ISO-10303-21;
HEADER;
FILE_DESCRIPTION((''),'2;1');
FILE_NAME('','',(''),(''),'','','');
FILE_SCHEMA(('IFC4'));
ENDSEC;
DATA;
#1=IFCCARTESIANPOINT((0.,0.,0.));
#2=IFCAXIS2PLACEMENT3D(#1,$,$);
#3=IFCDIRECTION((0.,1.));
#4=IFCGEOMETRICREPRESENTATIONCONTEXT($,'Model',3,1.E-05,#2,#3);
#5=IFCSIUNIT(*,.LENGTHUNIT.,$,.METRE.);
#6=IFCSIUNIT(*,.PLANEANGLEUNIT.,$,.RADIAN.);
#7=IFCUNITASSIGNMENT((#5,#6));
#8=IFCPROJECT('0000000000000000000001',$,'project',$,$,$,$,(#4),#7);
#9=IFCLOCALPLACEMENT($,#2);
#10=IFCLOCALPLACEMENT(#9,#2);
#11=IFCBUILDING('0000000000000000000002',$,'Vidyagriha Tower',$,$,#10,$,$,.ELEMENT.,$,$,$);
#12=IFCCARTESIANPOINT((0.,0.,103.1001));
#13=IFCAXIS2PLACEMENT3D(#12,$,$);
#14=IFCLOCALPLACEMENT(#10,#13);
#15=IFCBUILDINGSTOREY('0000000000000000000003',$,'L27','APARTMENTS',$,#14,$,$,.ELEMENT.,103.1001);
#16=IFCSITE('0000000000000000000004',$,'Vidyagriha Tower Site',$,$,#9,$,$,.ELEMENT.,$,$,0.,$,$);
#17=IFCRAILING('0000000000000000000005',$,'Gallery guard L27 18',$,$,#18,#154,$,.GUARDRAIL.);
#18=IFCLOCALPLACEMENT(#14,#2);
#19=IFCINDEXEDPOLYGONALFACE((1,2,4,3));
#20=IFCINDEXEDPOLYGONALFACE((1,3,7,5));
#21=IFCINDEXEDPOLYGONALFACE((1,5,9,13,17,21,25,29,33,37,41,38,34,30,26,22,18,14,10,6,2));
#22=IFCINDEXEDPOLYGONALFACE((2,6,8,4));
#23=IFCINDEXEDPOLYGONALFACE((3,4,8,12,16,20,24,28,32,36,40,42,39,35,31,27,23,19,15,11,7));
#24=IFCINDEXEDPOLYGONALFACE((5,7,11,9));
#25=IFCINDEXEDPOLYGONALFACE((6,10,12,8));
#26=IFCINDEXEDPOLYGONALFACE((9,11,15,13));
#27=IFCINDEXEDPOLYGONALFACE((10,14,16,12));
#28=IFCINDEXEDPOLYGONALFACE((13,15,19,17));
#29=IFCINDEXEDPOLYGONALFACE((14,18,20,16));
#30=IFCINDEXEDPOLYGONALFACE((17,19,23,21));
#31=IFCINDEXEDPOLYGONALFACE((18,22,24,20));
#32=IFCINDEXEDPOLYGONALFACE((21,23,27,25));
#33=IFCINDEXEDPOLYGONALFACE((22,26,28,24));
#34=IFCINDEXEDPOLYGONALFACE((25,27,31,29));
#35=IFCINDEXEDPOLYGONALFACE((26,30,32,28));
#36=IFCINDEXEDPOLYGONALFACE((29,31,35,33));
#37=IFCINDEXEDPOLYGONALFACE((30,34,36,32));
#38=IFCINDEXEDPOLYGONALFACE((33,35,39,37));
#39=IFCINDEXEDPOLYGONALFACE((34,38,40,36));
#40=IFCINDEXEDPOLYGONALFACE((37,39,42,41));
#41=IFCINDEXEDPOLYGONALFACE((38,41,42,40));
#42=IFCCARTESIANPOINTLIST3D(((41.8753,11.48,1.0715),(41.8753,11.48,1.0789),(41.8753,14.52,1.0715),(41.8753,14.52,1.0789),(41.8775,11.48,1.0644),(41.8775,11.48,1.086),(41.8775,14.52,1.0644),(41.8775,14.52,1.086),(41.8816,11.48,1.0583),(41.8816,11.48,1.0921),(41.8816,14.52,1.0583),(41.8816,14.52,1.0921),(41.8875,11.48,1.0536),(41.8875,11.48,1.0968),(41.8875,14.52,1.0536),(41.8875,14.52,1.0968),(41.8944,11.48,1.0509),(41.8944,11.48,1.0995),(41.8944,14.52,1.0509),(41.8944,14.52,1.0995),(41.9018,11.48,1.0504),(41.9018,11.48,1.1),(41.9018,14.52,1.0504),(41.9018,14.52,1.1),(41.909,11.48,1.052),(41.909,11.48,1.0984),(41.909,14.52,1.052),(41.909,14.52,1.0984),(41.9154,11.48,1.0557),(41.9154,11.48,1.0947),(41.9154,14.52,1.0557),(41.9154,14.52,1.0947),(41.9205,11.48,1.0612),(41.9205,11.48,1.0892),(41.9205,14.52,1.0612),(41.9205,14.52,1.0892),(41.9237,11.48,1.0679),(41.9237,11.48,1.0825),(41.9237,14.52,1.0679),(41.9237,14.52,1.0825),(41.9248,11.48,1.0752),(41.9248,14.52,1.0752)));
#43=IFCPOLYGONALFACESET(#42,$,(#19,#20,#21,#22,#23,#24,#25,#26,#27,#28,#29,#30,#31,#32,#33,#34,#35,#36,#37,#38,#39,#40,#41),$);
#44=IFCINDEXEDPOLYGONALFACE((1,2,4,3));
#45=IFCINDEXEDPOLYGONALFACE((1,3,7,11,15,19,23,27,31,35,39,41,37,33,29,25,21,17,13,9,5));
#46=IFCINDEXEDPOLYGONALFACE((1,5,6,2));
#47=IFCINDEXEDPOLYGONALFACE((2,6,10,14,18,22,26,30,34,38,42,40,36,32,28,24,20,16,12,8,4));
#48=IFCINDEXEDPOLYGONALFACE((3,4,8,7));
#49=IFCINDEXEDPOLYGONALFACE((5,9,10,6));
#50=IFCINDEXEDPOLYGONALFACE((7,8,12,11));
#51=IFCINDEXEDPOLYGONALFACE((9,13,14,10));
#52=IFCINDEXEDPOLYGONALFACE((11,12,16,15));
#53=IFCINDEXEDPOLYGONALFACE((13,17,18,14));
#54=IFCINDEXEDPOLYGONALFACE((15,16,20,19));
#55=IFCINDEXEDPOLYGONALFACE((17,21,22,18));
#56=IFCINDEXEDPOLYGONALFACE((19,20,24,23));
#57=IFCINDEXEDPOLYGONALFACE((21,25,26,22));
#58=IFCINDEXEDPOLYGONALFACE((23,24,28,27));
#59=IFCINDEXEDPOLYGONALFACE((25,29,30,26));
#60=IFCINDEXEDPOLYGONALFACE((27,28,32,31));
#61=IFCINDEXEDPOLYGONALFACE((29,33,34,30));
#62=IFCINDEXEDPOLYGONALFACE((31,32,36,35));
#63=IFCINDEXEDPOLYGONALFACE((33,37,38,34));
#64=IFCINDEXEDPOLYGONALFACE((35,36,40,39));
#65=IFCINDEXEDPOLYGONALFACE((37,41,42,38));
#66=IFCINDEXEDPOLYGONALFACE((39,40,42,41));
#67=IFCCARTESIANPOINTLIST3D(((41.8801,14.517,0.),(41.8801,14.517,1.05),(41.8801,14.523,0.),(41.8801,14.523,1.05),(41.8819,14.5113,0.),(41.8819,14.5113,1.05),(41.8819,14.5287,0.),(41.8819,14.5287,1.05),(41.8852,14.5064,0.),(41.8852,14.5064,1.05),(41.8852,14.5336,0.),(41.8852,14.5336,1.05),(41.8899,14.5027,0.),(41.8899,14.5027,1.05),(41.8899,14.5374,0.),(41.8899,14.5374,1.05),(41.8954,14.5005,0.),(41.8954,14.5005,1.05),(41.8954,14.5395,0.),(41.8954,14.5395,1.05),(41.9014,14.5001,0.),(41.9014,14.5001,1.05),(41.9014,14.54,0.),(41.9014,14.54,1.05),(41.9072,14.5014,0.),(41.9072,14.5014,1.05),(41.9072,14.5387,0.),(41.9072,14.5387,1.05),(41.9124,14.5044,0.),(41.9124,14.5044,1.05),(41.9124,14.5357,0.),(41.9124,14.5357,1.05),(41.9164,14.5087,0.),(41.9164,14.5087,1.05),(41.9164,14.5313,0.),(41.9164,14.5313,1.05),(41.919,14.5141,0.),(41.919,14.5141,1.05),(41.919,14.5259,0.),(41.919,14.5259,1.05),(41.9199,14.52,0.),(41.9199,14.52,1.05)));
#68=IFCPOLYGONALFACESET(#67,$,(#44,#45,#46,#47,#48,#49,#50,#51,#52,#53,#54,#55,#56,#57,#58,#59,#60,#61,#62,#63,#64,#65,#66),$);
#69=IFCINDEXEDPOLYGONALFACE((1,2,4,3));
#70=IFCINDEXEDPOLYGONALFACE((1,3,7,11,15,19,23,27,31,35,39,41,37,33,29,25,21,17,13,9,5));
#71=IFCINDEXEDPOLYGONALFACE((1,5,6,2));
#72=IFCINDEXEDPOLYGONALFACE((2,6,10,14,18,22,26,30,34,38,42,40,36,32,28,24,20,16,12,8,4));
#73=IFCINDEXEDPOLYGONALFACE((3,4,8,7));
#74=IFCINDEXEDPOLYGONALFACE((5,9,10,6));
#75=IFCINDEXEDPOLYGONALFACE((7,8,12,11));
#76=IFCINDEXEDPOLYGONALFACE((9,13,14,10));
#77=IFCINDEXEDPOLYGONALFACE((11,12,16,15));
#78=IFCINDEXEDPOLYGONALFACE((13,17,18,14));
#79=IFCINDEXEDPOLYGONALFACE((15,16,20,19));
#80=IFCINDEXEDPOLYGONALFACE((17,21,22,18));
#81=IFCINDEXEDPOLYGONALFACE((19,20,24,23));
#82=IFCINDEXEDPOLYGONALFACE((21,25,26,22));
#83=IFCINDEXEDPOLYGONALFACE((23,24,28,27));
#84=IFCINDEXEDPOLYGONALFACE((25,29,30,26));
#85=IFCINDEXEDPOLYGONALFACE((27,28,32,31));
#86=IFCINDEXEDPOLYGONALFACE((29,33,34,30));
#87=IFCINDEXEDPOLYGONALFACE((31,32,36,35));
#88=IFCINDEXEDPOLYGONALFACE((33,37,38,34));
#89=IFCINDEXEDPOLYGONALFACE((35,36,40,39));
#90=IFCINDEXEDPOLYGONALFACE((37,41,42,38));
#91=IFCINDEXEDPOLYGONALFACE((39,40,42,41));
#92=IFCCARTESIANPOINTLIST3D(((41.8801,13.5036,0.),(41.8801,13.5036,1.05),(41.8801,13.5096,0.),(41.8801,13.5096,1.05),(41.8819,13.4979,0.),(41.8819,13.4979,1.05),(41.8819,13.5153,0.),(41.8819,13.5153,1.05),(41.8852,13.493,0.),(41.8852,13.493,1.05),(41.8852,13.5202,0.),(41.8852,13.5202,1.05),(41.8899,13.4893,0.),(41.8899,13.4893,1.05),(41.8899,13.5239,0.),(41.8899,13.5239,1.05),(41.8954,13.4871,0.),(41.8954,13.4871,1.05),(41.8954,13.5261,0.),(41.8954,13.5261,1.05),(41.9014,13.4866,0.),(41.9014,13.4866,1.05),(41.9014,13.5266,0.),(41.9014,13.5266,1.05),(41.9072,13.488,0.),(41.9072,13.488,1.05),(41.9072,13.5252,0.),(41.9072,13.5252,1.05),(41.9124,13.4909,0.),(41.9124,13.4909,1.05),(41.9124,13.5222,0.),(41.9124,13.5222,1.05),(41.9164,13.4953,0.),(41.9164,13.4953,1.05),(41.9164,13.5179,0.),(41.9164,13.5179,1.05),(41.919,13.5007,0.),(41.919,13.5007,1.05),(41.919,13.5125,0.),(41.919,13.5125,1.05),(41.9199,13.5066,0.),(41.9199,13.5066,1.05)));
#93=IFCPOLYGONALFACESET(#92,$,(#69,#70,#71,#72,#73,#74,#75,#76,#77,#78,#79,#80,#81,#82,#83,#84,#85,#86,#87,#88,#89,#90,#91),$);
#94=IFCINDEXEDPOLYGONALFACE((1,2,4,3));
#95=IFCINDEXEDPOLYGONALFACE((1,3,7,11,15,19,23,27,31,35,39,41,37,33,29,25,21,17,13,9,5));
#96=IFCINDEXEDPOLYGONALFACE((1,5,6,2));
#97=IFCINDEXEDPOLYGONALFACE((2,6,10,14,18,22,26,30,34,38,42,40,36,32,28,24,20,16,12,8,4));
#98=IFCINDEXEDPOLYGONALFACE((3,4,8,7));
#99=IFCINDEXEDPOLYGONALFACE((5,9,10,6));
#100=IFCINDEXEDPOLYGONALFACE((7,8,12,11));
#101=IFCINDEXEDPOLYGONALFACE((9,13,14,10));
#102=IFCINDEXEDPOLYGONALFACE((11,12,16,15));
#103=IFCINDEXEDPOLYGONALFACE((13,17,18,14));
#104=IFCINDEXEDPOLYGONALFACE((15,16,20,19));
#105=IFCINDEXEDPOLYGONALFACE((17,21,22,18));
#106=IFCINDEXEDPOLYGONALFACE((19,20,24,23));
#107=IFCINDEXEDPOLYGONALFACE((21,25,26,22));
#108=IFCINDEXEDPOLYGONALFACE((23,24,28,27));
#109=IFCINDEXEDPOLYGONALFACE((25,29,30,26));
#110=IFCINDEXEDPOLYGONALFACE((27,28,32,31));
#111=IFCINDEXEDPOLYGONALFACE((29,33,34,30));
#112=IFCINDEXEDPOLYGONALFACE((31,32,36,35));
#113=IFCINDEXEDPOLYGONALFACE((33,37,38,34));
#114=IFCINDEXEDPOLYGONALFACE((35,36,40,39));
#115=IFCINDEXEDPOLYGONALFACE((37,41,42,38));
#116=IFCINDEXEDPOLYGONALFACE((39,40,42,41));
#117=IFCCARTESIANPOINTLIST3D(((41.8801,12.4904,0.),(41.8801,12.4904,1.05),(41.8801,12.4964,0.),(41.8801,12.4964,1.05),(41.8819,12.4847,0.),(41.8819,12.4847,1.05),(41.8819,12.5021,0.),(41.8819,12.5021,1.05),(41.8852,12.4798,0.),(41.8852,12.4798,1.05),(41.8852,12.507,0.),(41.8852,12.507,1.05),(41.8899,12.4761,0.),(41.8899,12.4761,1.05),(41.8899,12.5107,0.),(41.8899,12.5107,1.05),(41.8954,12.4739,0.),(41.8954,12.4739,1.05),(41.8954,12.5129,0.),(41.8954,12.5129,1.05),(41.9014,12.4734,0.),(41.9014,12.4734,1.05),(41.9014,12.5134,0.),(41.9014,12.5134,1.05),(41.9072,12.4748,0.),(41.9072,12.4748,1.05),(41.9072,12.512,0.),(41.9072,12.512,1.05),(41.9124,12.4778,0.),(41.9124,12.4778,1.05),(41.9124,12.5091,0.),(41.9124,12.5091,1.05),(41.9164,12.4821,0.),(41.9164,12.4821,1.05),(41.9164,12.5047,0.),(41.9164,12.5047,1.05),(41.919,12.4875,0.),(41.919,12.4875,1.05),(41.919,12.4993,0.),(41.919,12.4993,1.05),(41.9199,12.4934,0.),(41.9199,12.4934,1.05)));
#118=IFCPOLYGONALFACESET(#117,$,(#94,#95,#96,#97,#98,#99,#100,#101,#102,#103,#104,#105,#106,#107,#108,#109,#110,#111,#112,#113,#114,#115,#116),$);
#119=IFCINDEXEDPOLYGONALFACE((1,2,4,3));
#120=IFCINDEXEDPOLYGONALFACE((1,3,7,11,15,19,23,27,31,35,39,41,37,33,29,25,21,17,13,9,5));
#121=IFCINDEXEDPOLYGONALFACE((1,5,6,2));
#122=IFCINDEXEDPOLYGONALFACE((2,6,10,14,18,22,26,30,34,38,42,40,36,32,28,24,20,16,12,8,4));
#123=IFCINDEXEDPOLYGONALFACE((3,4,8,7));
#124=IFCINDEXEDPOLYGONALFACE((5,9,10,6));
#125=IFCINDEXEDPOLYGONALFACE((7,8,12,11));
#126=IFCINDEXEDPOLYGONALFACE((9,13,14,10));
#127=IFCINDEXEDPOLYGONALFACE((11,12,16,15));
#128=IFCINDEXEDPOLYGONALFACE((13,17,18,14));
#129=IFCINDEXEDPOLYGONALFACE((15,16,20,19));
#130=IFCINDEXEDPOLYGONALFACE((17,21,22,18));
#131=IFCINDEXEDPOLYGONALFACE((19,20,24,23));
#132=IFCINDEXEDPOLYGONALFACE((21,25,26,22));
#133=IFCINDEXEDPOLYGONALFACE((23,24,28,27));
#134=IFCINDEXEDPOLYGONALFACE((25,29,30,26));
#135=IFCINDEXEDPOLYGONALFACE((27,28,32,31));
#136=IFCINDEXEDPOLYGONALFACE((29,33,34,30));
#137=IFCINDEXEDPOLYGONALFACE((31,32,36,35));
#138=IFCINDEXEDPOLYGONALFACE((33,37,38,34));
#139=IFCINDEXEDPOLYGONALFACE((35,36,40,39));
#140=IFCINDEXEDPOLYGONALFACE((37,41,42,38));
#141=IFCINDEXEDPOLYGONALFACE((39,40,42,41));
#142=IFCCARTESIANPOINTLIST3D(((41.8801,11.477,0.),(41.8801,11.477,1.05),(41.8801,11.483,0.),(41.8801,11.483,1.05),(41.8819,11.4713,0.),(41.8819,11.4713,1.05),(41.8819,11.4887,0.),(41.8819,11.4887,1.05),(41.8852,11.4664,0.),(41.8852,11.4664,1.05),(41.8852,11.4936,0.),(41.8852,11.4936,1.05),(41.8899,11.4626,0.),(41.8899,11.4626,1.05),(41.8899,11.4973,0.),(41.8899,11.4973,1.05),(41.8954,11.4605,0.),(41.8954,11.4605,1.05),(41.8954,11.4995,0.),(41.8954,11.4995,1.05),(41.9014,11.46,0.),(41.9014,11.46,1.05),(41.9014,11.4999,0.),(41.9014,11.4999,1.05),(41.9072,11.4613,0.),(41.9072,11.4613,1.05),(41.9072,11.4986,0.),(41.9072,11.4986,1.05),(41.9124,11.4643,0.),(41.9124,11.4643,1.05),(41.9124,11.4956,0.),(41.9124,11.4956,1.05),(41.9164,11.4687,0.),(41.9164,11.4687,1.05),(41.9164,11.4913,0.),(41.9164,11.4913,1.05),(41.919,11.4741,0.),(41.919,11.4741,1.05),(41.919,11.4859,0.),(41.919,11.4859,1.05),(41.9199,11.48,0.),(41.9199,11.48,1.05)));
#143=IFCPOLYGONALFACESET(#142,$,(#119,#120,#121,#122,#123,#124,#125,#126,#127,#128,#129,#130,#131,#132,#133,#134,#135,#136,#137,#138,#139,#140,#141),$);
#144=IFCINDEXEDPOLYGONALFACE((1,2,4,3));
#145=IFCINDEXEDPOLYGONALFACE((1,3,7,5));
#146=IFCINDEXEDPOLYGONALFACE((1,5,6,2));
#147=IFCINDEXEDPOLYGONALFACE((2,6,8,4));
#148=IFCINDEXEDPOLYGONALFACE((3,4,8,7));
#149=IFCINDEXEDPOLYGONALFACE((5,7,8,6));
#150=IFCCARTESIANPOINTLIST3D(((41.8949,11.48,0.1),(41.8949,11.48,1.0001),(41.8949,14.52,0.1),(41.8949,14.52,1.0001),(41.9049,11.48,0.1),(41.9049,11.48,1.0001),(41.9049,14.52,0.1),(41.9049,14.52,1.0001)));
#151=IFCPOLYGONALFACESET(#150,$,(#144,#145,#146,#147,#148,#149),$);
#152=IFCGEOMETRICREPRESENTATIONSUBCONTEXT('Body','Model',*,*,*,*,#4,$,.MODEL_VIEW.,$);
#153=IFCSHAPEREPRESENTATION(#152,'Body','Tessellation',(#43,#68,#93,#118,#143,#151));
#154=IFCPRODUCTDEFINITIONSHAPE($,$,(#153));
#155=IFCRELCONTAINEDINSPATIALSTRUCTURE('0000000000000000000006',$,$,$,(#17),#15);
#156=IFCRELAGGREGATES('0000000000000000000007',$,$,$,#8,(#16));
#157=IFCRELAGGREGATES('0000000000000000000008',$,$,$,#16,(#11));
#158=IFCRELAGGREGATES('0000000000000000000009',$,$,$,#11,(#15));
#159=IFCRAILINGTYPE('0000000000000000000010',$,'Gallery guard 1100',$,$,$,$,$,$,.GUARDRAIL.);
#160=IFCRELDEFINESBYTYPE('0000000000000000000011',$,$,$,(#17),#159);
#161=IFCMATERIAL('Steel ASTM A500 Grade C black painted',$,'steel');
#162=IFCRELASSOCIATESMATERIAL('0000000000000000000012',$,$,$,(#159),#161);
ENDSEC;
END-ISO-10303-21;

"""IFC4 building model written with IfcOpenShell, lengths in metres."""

from ifc_helpers import new_model, si_unit, direction, frame, origin, origin_2d, place, context, subcontext, project, spatial, rectangle, circle, extrude, material, type_object, element, save


model = new_model("IFC4")

# Units and contexts
model_context = context("Model", 3, precision=1e-05, world=origin(), true_north=direction((0.0, 1.0)))
body_context = subcontext(model_context, "Body", "Model", "MODEL_VIEW")
ifc_project = project(units=[si_unit("LENGTHUNIT", "METRE"), si_unit("PLANEANGLEUNIT", "RADIAN")], contexts=[model_context])

# Site, building, storey
site_placement = place(None, origin())
site = spatial("IfcSite", under=ifc_project, at=site_placement, Name="Vidyagriha Tower Site", CompositionType="ELEMENT", RefElevation=0.0)
building_placement = place(site_placement, origin())
building = spatial("IfcBuilding", under=site, at=building_placement, Name="Vidyagriha Tower", CompositionType="ELEMENT")
storey_placement = place(building_placement, frame((0.0, 0.0, 103.1001)))
storey = spatial("IfcBuildingStorey", under=building, at=storey_placement, Name="L27", Description="APARTMENTS", CompositionType="ELEMENT", Elevation=103.1001)

# Railing
ifc_material_1 = material(Name="Steel ASTM A500 Grade C black painted", Category="steel")
railing_type = type_object("IfcRailingType", Name="Gallery guard 1100", PredefinedType="GUARDRAIL", material=ifc_material_1)
railing_1_placement = place(storey_placement, frame((41.8999, 14.52, 0.0)))
element("IfcRailing", 1, at=railing_1_placement, inside=storey, type_object=railing_type, Name="Gallery guard L27 18", PredefinedType="GUARDRAIL", context=body_context, shape_type="SweptSolid", body=[
    extrude(circle(Radius=0.0249, at=origin_2d()), frame((0.0, 0.0, 1.0752), z_axis=(0.0, -1.0, 0.0), x_axis=(1.0, 0.0, 0.0)), (0.0, 0.0, 1.0), 3.04),
    extrude(circle(Radius=0.02, at=origin_2d()), origin(), (0.0, 0.0, 1.0), 1.05),
    extrude(circle(Radius=0.02, at=origin_2d()), frame((0.0, -1.0134, 0.0)), (0.0, 0.0, 1.0), 1.05),
    extrude(circle(Radius=0.02, at=origin_2d()), frame((0.0, -2.0266, 0.0)), (0.0, 0.0, 1.0), 1.05),
    extrude(circle(Radius=0.02, at=origin_2d()), frame((0.0, -3.04, 0.0)), (0.0, 0.0, 1.0), 1.05),
    extrude(rectangle(XDim=0.01, YDim=0.9001, at=origin_2d()), frame((0.0, 0.0, 0.55), z_axis=(0.0, -1.0, 0.0), x_axis=(1.0, 0.0, 0.0)), (0.0, 0.0, 1.0), 3.04),
])

save(model, "model.ifc")
